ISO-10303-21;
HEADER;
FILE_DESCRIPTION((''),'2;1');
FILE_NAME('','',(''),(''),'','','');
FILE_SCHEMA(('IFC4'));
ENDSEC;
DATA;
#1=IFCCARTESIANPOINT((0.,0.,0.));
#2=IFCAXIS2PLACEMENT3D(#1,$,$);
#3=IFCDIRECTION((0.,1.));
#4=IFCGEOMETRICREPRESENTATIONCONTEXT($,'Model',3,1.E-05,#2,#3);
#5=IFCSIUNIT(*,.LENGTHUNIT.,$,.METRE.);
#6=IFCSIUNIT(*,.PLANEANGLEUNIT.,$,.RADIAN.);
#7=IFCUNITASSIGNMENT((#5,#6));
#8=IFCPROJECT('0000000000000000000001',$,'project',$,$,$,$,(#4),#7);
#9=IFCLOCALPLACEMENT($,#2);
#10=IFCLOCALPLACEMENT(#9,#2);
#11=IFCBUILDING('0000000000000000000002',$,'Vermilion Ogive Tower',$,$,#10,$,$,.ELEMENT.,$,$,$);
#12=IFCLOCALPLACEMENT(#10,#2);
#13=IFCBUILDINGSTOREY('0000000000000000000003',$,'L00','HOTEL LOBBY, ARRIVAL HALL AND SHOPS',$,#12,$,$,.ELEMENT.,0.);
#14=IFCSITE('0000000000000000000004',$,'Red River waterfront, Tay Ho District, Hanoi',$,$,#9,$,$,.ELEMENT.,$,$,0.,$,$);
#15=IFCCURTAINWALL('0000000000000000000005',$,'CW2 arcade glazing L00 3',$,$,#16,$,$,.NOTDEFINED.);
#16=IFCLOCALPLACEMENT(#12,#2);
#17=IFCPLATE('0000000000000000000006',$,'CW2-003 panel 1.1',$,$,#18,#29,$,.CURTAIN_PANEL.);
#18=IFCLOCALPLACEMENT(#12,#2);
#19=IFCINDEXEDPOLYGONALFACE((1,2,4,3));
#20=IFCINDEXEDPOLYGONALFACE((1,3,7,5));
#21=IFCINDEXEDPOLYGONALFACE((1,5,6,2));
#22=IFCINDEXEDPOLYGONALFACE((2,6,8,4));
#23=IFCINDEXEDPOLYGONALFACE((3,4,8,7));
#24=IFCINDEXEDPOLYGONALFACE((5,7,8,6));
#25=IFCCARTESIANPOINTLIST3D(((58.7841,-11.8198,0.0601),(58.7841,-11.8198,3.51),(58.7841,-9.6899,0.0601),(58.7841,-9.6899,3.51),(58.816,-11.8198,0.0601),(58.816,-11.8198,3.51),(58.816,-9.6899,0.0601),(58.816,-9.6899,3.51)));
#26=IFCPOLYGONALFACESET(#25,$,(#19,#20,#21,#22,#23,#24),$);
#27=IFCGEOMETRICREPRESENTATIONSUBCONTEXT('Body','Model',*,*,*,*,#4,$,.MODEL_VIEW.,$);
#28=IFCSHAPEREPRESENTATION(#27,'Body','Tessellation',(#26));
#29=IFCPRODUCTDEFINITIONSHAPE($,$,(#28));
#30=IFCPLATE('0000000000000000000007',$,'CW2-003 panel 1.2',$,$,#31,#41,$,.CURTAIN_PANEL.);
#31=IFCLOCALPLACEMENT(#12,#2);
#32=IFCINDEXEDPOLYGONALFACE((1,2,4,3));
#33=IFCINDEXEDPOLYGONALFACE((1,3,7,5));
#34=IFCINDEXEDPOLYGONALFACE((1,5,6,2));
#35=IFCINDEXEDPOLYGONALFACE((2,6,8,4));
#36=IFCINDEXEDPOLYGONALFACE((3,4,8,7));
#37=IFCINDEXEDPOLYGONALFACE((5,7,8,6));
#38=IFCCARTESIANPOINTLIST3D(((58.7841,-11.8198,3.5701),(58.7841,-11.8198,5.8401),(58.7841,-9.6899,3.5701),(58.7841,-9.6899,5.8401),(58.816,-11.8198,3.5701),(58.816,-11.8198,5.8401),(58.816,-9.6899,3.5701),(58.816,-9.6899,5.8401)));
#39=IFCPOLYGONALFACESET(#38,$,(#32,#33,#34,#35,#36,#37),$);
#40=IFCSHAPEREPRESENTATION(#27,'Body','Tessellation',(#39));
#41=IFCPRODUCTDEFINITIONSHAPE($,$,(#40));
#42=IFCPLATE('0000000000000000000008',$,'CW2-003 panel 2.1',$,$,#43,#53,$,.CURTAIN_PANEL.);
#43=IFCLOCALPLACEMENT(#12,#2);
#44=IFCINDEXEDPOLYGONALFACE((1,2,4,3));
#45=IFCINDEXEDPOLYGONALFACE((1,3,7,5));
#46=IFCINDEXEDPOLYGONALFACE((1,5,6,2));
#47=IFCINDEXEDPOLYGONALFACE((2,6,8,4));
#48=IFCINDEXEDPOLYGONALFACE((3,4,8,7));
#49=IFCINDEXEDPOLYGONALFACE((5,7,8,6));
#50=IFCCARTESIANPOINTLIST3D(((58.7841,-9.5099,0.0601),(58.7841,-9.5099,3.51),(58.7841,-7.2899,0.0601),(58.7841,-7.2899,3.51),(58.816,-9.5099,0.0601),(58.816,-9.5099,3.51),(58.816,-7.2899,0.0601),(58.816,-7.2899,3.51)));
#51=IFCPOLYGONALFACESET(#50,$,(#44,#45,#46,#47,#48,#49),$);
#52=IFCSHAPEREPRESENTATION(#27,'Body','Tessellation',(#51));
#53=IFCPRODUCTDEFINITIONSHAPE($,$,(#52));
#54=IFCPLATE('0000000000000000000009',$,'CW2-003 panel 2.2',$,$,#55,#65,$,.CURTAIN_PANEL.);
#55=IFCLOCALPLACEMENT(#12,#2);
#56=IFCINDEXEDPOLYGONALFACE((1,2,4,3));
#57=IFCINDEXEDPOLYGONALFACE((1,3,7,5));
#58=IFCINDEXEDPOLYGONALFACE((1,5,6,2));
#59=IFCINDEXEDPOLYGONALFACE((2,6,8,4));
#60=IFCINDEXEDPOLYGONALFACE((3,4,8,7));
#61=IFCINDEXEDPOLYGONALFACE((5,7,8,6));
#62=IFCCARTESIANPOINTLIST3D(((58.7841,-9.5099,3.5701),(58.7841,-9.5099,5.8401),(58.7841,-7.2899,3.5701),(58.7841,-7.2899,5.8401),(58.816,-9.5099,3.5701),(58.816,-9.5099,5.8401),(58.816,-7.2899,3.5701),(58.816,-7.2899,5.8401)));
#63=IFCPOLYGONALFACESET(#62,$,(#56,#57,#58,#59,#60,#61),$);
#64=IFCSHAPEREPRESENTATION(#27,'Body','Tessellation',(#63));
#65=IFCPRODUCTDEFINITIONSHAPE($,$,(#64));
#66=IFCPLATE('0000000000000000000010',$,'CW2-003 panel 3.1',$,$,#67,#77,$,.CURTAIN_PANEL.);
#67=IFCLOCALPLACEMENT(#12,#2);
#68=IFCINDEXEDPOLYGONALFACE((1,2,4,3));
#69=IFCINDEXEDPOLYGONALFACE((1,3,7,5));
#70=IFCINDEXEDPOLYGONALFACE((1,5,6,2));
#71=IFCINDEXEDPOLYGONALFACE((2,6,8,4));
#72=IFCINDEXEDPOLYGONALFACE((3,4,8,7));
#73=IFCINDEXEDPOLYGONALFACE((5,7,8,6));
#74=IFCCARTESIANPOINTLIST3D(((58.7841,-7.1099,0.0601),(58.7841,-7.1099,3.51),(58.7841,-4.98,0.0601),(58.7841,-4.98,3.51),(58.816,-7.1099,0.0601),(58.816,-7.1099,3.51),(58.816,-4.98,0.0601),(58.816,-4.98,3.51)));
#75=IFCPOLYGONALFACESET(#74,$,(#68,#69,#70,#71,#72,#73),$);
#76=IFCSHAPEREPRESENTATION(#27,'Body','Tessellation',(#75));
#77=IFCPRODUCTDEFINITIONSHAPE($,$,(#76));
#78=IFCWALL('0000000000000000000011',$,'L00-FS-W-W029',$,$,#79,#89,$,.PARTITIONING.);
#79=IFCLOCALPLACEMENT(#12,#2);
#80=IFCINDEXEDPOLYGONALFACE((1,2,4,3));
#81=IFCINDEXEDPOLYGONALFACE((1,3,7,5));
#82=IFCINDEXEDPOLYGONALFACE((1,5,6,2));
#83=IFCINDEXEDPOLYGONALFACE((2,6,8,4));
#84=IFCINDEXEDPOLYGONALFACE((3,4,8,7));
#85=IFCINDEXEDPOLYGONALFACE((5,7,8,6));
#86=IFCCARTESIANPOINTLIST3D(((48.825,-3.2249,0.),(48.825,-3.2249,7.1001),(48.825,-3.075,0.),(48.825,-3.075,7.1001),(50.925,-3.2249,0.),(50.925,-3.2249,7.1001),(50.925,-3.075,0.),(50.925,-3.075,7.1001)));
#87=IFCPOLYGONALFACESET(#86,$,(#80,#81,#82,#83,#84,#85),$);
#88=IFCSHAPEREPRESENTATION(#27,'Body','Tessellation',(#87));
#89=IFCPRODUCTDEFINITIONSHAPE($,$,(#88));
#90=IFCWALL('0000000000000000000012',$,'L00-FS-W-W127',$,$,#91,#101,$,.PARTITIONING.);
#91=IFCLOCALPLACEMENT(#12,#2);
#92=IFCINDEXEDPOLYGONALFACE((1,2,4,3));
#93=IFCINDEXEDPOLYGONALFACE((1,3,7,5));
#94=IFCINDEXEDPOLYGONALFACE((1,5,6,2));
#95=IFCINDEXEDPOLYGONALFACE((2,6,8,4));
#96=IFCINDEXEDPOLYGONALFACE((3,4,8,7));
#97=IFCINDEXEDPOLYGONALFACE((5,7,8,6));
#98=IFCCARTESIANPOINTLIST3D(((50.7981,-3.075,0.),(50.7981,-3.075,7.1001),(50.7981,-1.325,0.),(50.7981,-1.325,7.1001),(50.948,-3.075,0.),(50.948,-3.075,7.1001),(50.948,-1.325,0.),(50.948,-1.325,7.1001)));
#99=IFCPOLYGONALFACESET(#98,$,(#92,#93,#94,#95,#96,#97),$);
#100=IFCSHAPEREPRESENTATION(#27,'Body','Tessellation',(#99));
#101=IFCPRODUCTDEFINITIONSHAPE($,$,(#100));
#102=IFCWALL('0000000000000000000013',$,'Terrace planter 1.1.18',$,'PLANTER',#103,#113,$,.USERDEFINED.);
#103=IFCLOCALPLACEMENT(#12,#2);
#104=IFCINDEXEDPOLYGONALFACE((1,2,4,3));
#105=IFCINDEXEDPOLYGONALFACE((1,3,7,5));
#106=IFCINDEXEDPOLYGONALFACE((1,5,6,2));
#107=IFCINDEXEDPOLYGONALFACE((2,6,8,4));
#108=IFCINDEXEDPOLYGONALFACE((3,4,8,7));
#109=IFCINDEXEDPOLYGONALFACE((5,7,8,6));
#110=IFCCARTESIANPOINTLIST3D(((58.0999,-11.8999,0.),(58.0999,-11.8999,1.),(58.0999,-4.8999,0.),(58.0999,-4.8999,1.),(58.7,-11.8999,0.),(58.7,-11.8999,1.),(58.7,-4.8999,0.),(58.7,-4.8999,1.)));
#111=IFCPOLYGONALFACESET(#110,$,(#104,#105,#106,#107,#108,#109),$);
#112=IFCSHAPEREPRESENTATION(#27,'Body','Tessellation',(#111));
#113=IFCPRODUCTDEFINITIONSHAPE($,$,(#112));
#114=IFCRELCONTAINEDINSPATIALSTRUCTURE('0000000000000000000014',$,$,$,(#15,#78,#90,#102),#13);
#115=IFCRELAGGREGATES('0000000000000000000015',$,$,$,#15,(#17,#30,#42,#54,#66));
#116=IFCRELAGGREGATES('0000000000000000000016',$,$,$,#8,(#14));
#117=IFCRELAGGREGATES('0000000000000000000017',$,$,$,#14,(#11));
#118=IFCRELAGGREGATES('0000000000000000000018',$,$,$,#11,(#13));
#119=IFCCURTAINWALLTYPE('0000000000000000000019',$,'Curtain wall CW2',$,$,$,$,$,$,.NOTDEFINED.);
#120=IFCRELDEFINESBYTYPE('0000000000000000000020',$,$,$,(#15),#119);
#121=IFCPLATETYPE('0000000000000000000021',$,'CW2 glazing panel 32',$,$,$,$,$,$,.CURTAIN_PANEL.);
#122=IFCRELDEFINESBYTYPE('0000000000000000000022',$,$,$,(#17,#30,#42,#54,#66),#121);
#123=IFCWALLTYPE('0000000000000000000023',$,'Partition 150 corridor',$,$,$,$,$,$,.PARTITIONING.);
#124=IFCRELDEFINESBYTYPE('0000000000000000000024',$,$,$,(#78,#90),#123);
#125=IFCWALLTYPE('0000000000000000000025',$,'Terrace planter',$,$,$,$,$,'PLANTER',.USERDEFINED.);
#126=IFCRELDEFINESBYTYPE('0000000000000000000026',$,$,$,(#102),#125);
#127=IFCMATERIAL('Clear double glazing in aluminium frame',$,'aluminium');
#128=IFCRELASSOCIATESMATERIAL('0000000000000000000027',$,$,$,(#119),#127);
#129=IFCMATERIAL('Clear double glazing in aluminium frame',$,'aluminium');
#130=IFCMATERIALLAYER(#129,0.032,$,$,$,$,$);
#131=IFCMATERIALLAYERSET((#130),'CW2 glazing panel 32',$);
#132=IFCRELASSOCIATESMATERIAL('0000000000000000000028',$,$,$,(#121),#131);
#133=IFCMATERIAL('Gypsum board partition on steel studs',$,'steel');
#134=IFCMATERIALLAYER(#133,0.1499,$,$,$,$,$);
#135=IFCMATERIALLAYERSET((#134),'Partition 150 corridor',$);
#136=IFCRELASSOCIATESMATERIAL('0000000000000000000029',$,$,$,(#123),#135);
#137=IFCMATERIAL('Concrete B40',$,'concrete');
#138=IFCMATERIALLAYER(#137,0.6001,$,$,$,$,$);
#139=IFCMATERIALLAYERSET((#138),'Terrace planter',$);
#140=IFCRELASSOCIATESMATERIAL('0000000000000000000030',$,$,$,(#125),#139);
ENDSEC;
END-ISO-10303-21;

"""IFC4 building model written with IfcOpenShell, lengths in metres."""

from ifc_helpers import new_model, si_unit, direction, frame, frame_2d, origin, origin_2d, place, context, subcontext, project, spatial, rectangle, extrude, material, layer, layer_set, type_object, element, aggregate, save


model = new_model("IFC4")

# Units and contexts
model_context = context("Model", 3, precision=1e-05, world=origin(), true_north=direction((0.0, 1.0)))
body_context = subcontext(model_context, "Body", "Model", "MODEL_VIEW")
ifc_project = project(units=[si_unit("LENGTHUNIT", "METRE"), si_unit("PLANEANGLEUNIT", "RADIAN")], contexts=[model_context])

# Site, building, storey
site_placement = place(None, origin())
site = spatial("IfcSite", under=ifc_project, at=site_placement, Name="Red River waterfront, Tay Ho District, Hanoi", CompositionType="ELEMENT", RefElevation=0.0)
building_placement = place(site_placement, origin())
building = spatial("IfcBuilding", under=site, at=building_placement, Name="Vermilion Ogive Tower", CompositionType="ELEMENT")
storey_placement = place(building_placement, origin())
storey = spatial("IfcBuildingStorey", under=building, at=storey_placement, Name="L00", Description="HOTEL LOBBY, ARRIVAL HALL AND SHOPS", CompositionType="ELEMENT", Elevation=0.0)

# Curtain wall, plates
ifc_material_1 = material(Name="Clear double glazing in aluminium frame", Category="aluminium")
curtain_wall_type = type_object("IfcCurtainWallType", Name="Curtain wall CW2", PredefinedType="NOTDEFINED", material=ifc_material_1)
curtain_wall_placement = place(storey_placement, origin())
curtain_wall = element("IfcCurtainWall", 1, at=curtain_wall_placement, inside=storey, type_object=curtain_wall_type, Name="CW2 arcade glazing L00 3", PredefinedType="NOTDEFINED")
ifc_material_2 = material(Name="Clear double glazing in aluminium frame", Category="aluminium")
ifc_layer_1 = layer(ifc_material_2, 0.032)
ifc_layer_set_1 = layer_set([ifc_layer_1], Name="CW2 glazing panel 32")
plate_type = type_object("IfcPlateType", Name="CW2 glazing panel 32", PredefinedType="CURTAIN_PANEL", material=ifc_layer_set_1)
plate_1_placement = place(storey_placement, frame((58.8, -10.7549, 0.0601), z_axis=(0.0, 0.0, 1.0), x_axis=(0.0, 1.0, 0.0)))
plate_1 = element("IfcPlate", 2, at=plate_1_placement, type_object=plate_type, Name="CW2-003 panel 1.1", PredefinedType="CURTAIN_PANEL", context=body_context, shape_type="SweptSolid", body=[
    extrude(rectangle(XDim=2.1299, YDim=0.032, at=origin_2d()), origin(), (0.0, 0.0, 1.0), 3.45),
])
plate_2_placement = place(storey_placement, frame((58.8, -10.7549, 3.5701), z_axis=(0.0, 0.0, 1.0), x_axis=(0.0, 1.0, 0.0)))
plate_2 = element("IfcPlate", 3, at=plate_2_placement, type_object=plate_type, Name="CW2-003 panel 1.2", PredefinedType="CURTAIN_PANEL", context=body_context, shape_type="SweptSolid", body=[
    extrude(rectangle(XDim=2.1299, YDim=0.032, at=origin_2d()), origin(), (0.0, 0.0, 1.0), 2.27),
])
plate_3_placement = place(storey_placement, frame((58.8, -8.3999, 0.0601), z_axis=(0.0, 0.0, 1.0), x_axis=(0.0, 1.0, 0.0)))
plate_3 = element("IfcPlate", 4, at=plate_3_placement, type_object=plate_type, Name="CW2-003 panel 2.1", PredefinedType="CURTAIN_PANEL", context=body_context, shape_type="SweptSolid", body=[
    extrude(rectangle(XDim=2.22, YDim=0.032, at=origin_2d()), origin(), (0.0, 0.0, 1.0), 3.45),
])
plate_4_placement = place(storey_placement, frame((58.8, -8.3999, 3.5701), z_axis=(0.0, 0.0, 1.0), x_axis=(0.0, 1.0, 0.0)))
plate_4 = element("IfcPlate", 5, at=plate_4_placement, type_object=plate_type, Name="CW2-003 panel 2.2", PredefinedType="CURTAIN_PANEL", context=body_context, shape_type="SweptSolid", body=[
    extrude(rectangle(XDim=2.22, YDim=0.032, at=origin_2d()), origin(), (0.0, 0.0, 1.0), 2.27),
])
plate_5_placement = place(storey_placement, frame((58.8, -6.0449, 0.0601), z_axis=(0.0, 0.0, 1.0), x_axis=(0.0, 1.0, 0.0)))
plate_5 = element("IfcPlate", 6, at=plate_5_placement, type_object=plate_type, Name="CW2-003 panel 3.1", PredefinedType="CURTAIN_PANEL", context=body_context, shape_type="SweptSolid", body=[
    extrude(rectangle(XDim=2.1299, YDim=0.032, at=origin_2d()), origin(), (0.0, 0.0, 1.0), 3.45),
])
aggregate(curtain_wall, [plate_1, plate_2, plate_3, plate_4, plate_5])

# Walls
ifc_material_3 = material(Name="Gypsum board partition on steel studs", Category="steel")
ifc_layer_2 = layer(ifc_material_3, 0.1499)
ifc_layer_set_2 = layer_set([ifc_layer_2], Name="Partition 150 corridor")
wall_type_1 = type_object("IfcWallType", Name="Partition 150 corridor", PredefinedType="PARTITIONING", material=ifc_layer_set_2)
wall_1_placement = place(storey_placement, frame((48.825, -3.1499, 0.0), z_axis=(0.0, 0.0, 1.0), x_axis=(1.0, 0.0, 0.0)))
element("IfcWall", 7, at=wall_1_placement, inside=storey, type_object=wall_type_1, Name="L00-FS-W-W029", PredefinedType="PARTITIONING", context=body_context, shape_type="SweptSolid", body=[
    extrude(rectangle(XDim=2.1001, YDim=0.1499, at=frame_2d((1.05, 0.0))), origin(), (0.0, 0.0, 1.0), 7.1001),
])
wall_2_placement = place(storey_placement, frame((50.873, -3.075, 0.0), z_axis=(0.0, 0.0, 1.0), x_axis=(0.0, 1.0, 0.0)))
element("IfcWall", 8, at=wall_2_placement, inside=storey, type_object=wall_type_1, Name="L00-FS-W-W127", PredefinedType="PARTITIONING", context=body_context, shape_type="SweptSolid", body=[
    extrude(rectangle(XDim=1.75, YDim=0.1499, at=frame_2d((0.875, 0.0))), origin(), (0.0, 0.0, 1.0), 7.1001),
])
ifc_material_4 = material(Name="Concrete B40", Category="concrete")
ifc_layer_3 = layer(ifc_material_4, 0.6001)
ifc_layer_set_3 = layer_set([ifc_layer_3], Name="Terrace planter")
wall_type_2 = type_object("IfcWallType", Name="Terrace planter", ElementType="PLANTER", PredefinedType="USERDEFINED", material=ifc_layer_set_3)
wall_3_placement = place(storey_placement, frame((58.3999, -4.8999, 0.0), z_axis=(0.0, 0.0, 1.0), x_axis=(0.0, -1.0, 0.0)))
element("IfcWall", 9, at=wall_3_placement, inside=storey, type_object=wall_type_2, Name="Terrace planter 1.1.18", ObjectType="PLANTER", PredefinedType="USERDEFINED", context=body_context, shape_type="SweptSolid", body=[
    extrude(rectangle(XDim=7.0, YDim=0.6001, at=frame_2d((3.5, 0.0))), origin(), (0.0, 0.0, 1.0), 1.0),
])

save(model, "model.ifc")
